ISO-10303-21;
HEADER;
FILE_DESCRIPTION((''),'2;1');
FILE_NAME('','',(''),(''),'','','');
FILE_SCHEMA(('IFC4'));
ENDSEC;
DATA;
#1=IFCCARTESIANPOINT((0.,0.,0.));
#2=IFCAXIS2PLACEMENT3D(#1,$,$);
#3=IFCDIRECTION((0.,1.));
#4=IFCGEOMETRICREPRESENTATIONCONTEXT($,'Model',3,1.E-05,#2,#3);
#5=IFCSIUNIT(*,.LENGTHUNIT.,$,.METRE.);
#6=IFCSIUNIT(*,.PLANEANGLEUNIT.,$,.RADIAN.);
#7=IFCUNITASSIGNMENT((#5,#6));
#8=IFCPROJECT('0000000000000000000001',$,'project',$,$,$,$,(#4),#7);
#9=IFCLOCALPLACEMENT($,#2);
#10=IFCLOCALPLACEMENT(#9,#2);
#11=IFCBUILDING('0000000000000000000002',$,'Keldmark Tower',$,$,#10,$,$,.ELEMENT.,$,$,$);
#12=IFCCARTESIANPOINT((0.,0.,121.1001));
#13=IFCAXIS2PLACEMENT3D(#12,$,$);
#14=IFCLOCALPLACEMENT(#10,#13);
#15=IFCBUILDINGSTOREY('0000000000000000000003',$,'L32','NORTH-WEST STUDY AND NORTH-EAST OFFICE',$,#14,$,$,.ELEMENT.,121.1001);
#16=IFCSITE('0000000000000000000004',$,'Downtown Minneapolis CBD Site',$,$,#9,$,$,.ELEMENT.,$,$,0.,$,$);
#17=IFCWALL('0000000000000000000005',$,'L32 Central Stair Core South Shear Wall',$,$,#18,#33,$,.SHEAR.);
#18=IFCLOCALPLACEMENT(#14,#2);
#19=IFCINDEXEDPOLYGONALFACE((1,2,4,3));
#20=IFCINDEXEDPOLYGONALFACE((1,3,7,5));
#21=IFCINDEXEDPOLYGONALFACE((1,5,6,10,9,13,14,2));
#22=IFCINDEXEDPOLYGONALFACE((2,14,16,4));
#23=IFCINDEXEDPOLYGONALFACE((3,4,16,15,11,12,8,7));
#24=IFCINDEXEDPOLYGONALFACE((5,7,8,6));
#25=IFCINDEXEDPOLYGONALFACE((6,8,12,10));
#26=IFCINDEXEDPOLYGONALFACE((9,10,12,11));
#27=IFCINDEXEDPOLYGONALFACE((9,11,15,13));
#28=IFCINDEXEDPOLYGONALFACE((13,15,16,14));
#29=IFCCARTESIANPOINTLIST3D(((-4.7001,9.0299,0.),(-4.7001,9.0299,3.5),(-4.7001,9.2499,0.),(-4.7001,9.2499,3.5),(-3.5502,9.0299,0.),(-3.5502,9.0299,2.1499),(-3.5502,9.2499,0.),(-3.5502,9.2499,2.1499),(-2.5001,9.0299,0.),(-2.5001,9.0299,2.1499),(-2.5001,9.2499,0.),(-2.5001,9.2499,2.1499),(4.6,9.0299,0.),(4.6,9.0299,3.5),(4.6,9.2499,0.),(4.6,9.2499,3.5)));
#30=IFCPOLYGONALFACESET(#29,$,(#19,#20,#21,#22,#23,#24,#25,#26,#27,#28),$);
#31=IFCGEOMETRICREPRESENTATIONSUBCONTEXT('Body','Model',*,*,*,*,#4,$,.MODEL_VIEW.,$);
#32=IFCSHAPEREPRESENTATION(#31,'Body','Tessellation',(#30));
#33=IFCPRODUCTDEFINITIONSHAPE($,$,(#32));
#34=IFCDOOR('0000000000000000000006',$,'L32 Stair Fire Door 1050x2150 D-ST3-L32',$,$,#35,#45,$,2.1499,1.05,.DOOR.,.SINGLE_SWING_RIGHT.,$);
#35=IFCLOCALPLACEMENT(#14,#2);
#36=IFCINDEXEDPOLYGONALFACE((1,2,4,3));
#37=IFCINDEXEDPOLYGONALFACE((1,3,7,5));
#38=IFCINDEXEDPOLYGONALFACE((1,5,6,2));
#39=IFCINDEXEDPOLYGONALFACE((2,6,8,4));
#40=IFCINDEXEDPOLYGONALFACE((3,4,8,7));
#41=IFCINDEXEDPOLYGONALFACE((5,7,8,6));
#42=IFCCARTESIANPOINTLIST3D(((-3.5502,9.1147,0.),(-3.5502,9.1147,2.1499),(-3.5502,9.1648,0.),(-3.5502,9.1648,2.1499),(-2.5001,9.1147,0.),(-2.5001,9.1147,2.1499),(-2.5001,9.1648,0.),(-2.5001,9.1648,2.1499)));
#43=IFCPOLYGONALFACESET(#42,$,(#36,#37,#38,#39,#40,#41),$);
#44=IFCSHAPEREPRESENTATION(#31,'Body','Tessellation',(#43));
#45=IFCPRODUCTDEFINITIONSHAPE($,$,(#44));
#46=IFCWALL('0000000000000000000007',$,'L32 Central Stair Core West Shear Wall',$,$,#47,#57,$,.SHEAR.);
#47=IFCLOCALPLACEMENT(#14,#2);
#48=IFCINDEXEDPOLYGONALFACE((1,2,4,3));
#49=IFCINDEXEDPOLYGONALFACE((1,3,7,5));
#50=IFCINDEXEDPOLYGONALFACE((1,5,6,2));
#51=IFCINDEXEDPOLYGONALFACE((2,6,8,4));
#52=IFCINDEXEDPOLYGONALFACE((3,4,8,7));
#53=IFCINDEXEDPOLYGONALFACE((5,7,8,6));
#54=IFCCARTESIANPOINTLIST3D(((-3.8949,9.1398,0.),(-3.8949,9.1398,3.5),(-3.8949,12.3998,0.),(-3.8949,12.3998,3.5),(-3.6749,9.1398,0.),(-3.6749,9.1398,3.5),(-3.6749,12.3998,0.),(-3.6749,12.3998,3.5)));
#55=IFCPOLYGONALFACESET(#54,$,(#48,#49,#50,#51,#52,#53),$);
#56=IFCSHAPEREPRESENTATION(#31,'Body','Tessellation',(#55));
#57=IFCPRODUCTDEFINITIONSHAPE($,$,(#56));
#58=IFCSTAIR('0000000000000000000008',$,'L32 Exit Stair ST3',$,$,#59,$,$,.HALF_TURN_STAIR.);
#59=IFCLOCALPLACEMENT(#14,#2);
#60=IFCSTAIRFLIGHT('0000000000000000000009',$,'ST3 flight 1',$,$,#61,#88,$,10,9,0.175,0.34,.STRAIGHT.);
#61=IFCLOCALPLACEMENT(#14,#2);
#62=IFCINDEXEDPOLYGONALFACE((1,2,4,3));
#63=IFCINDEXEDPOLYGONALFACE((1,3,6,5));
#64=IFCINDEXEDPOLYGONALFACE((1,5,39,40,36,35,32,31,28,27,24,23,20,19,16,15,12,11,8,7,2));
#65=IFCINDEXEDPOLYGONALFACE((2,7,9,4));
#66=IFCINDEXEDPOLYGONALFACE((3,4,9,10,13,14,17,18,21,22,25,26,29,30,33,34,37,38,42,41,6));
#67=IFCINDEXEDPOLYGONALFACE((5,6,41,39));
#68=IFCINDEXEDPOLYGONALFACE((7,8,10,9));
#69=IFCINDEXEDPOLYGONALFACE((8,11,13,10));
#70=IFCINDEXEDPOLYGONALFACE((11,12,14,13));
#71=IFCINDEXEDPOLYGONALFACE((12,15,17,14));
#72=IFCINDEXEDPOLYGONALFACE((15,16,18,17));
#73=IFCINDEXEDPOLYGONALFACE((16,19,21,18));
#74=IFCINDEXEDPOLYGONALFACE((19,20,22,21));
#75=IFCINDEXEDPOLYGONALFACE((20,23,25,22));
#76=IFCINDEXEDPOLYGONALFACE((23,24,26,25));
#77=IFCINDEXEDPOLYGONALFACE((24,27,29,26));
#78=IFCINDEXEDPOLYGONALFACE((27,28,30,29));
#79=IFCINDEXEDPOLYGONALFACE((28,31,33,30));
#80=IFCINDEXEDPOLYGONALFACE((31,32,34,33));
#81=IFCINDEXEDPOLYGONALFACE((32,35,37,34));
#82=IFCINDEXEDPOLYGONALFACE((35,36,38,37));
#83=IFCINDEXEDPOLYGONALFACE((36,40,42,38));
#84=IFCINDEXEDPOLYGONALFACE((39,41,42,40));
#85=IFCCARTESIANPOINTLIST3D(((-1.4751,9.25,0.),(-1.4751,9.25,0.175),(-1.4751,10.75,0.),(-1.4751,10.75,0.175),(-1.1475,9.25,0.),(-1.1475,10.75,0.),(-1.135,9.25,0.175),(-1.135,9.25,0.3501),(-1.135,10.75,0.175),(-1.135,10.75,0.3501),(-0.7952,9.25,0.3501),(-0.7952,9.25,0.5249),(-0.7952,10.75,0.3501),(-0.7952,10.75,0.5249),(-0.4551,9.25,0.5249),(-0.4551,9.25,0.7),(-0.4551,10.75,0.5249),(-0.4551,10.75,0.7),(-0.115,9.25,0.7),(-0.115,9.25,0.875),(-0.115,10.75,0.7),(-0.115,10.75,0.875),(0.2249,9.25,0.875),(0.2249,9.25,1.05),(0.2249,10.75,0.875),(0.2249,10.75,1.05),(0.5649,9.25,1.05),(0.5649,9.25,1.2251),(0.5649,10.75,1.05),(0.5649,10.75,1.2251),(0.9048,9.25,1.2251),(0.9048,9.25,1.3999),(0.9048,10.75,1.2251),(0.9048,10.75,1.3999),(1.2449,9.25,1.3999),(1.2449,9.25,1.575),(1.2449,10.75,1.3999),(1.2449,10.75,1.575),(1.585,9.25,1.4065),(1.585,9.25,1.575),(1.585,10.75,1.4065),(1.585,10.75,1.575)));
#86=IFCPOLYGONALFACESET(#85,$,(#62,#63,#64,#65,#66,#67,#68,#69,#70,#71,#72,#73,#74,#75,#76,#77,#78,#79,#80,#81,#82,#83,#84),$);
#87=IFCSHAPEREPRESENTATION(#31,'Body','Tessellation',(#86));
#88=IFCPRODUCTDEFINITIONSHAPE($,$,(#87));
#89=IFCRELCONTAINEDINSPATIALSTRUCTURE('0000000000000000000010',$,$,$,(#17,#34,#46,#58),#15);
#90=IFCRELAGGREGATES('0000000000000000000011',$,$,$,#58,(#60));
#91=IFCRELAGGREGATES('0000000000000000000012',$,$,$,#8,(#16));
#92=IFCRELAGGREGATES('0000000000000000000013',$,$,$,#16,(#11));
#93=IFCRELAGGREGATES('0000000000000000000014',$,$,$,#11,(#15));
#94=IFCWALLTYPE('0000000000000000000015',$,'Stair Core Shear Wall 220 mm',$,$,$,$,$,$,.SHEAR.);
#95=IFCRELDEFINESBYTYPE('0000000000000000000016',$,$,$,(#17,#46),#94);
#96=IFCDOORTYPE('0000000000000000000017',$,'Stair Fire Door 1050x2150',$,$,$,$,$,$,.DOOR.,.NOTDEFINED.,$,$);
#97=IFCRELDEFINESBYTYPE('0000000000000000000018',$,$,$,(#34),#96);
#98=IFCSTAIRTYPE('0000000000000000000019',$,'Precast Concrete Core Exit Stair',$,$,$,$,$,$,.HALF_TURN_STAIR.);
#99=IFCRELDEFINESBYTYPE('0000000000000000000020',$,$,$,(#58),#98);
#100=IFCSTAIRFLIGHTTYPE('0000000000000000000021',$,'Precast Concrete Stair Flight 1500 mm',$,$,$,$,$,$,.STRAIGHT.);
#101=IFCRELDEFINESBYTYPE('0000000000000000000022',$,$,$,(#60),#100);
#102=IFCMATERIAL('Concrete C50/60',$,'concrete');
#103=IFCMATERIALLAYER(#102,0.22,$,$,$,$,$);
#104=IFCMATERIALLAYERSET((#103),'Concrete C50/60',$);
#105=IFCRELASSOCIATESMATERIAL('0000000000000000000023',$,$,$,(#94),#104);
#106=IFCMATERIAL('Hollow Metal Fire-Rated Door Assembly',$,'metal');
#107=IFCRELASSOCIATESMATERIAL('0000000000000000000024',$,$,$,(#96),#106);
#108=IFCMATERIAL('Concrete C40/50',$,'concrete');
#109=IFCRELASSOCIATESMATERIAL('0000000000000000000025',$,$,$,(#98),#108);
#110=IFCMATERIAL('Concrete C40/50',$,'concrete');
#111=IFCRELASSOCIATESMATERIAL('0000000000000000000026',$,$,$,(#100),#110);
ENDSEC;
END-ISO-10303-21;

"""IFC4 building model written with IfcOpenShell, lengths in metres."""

from ifc_helpers import new_model, si_unit, direction, frame, frame_2d, origin, place, context, subcontext, project, spatial, polyline, rectangle, outline, extrude, material, layer, layer_set, type_object, element, fill, aggregate, save


model = new_model("IFC4")

# Units and contexts
model_context = context("Model", 3, precision=1e-05, world=origin(), true_north=direction((0.0, 1.0)))
body_context = subcontext(model_context, "Body", "Model", "MODEL_VIEW")
ifc_project = project(units=[si_unit("LENGTHUNIT", "METRE"), si_unit("PLANEANGLEUNIT", "RADIAN")], contexts=[model_context])

# Site, building, storey
site_placement = place(None, origin())
site = spatial("IfcSite", under=ifc_project, at=site_placement, Name="Downtown Minneapolis CBD Site", CompositionType="ELEMENT", RefElevation=0.0)
building_placement = place(site_placement, origin())
building = spatial("IfcBuilding", under=site, at=building_placement, Name="Keldmark Tower", CompositionType="ELEMENT")
storey_placement = place(building_placement, frame((0.0, 0.0, 121.1001)))
storey = spatial("IfcBuildingStorey", under=building, at=storey_placement, Name="L32", Description="NORTH-WEST STUDY AND NORTH-EAST OFFICE", CompositionType="ELEMENT", Elevation=121.1001)

# Wall, opening, door
ifc_material_1 = material(Name="Concrete C50/60", Category="concrete")
ifc_layer_1 = layer(ifc_material_1, 0.22)
ifc_layer_set_1 = layer_set([ifc_layer_1], Name="Concrete C50/60")
wall_type_1 = type_object("IfcWallType", Name="Stair Core Shear Wall 220 mm", PredefinedType="SHEAR", material=ifc_layer_set_1)
wall_1_placement = place(storey_placement, frame((-4.7, 9.1399, 0.0), z_axis=(0.0, 0.0, 1.0), x_axis=(1.0, 0.0, 0.0)))
wall_1 = element("IfcWall", 1, at=wall_1_placement, inside=storey, type_object=wall_type_1, Name="L32 Central Stair Core South Shear Wall", PredefinedType="SHEAR", context=body_context, shape_type="SweptSolid", body=[
    extrude(rectangle(XDim=9.3, YDim=0.22, at=frame_2d((4.6499, 0.0))), origin(), (0.0, 0.0, 1.0), 3.5),
])
opening_1_placement = place(wall_1_placement, frame((1.1499, 0.0, 0.0)))
opening_1 = element("IfcOpeningElement", 2, at=opening_1_placement, cuts=wall_1, PredefinedType="OPENING", context=body_context, shape_type="SweptSolid", body=[
    extrude(rectangle(XDim=1.05, YDim=2.1499, at=frame_2d((0.5249, 1.075))), frame((0.0, 0.1199, 0.0), z_axis=(0.0, -1.0, 0.0), x_axis=(1.0, 0.0, 0.0)), (0.0, 0.0, 1.0), 0.24),
])
ifc_material_2 = material(Name="Hollow Metal Fire-Rated Door Assembly", Category="metal")
door_type_1 = type_object("IfcDoorType", Name="Stair Fire Door 1050x2150", OperationType="NOTDEFINED", PredefinedType="DOOR", material=ifc_material_2)
door_1_placement = place(opening_1_placement, origin())
door_1 = element("IfcDoor", 3, at=door_1_placement, inside=storey, type_object=door_type_1, Name="L32 Stair Fire Door 1050x2150 D-ST3-L32", OperationType="SINGLE_SWING_RIGHT", OverallHeight=2.1499, OverallWidth=1.05, PredefinedType="DOOR", context=body_context, shape_type="SweptSolid", body=[
    extrude(rectangle(XDim=1.05, YDim=2.1499, at=frame_2d((0.5249, 1.075))), frame((0.0, 0.0249, 0.0), z_axis=(0.0, -1.0, 0.0), x_axis=(1.0, 0.0, 0.0)), (0.0, 0.0, 1.0), 0.05),
])
fill(opening_1, door_1)

# Wall
wall_2_placement = place(storey_placement, frame((-3.7849, 9.1399, 0.0), z_axis=(0.0, 0.0, 1.0), x_axis=(0.0, 1.0, 0.0)))
element("IfcWall", 4, at=wall_2_placement, inside=storey, type_object=wall_type_1, Name="L32 Central Stair Core West Shear Wall", PredefinedType="SHEAR", context=body_context, shape_type="SweptSolid", body=[
    extrude(rectangle(XDim=3.26, YDim=0.22, at=frame_2d((1.6299, 0.0))), origin(), (0.0, 0.0, 1.0), 3.5),
])

# Stair, stair flight
ifc_material_3 = material(Name="Concrete C40/50", Category="concrete")
stair_type = type_object("IfcStairType", Name="Precast Concrete Core Exit Stair", PredefinedType="HALF_TURN_STAIR", material=ifc_material_3)
stair_placement = place(storey_placement, origin())
stair = element("IfcStair", 5, at=stair_placement, inside=storey, type_object=stair_type, Name="L32 Exit Stair ST3", PredefinedType="HALF_TURN_STAIR")
ifc_material_4 = material(Name="Concrete C40/50", Category="concrete")
stair_flight_type = type_object("IfcStairFlightType", Name="Precast Concrete Stair Flight 1500 mm", PredefinedType="STRAIGHT", material=ifc_material_4)
stair_flight_placement = place(storey_placement, frame((-1.4751, 10.0, 0.0), z_axis=(0.0, 0.0, 1.0), x_axis=(1.0, 0.0, 0.0)))
stair_flight = element("IfcStairFlight", 6, at=stair_flight_placement, type_object=stair_flight_type, Name="ST3 flight 1", NumberOfRisers=10, NumberOfTreads=9, PredefinedType="STRAIGHT", RiserHeight=0.175, TreadLength=0.34, context=body_context, shape_type="SweptSolid", body=[
    extrude(outline(polyline([(0.0, 0.0), (0.0, 0.175), (0.3401, 0.175), (0.3401, 0.3501), (0.6799, 0.3501), (0.6799, 0.5249), (1.02, 0.5249), (1.02, 0.7), (1.3601, 0.7), (1.3601, 0.875), (1.7, 0.875), (1.7, 1.05), (2.04, 1.05), (2.04, 1.2251), (2.3799, 1.2251), (2.3799, 1.3999), (2.72, 1.3999), (2.72, 1.575), (3.0601, 1.575), (3.0601, 1.75), (3.0601, 1.4065), (0.3276, 0.0), (0.0, 0.0)])), frame((0.0, 0.75, 0.0), z_axis=(0.0, -1.0, 0.0), x_axis=(1.0, 0.0, 0.0)), (0.0, 0.0, 1.0), 1.5),
])
aggregate(stair, [stair_flight])

save(model, "model.ifc")
